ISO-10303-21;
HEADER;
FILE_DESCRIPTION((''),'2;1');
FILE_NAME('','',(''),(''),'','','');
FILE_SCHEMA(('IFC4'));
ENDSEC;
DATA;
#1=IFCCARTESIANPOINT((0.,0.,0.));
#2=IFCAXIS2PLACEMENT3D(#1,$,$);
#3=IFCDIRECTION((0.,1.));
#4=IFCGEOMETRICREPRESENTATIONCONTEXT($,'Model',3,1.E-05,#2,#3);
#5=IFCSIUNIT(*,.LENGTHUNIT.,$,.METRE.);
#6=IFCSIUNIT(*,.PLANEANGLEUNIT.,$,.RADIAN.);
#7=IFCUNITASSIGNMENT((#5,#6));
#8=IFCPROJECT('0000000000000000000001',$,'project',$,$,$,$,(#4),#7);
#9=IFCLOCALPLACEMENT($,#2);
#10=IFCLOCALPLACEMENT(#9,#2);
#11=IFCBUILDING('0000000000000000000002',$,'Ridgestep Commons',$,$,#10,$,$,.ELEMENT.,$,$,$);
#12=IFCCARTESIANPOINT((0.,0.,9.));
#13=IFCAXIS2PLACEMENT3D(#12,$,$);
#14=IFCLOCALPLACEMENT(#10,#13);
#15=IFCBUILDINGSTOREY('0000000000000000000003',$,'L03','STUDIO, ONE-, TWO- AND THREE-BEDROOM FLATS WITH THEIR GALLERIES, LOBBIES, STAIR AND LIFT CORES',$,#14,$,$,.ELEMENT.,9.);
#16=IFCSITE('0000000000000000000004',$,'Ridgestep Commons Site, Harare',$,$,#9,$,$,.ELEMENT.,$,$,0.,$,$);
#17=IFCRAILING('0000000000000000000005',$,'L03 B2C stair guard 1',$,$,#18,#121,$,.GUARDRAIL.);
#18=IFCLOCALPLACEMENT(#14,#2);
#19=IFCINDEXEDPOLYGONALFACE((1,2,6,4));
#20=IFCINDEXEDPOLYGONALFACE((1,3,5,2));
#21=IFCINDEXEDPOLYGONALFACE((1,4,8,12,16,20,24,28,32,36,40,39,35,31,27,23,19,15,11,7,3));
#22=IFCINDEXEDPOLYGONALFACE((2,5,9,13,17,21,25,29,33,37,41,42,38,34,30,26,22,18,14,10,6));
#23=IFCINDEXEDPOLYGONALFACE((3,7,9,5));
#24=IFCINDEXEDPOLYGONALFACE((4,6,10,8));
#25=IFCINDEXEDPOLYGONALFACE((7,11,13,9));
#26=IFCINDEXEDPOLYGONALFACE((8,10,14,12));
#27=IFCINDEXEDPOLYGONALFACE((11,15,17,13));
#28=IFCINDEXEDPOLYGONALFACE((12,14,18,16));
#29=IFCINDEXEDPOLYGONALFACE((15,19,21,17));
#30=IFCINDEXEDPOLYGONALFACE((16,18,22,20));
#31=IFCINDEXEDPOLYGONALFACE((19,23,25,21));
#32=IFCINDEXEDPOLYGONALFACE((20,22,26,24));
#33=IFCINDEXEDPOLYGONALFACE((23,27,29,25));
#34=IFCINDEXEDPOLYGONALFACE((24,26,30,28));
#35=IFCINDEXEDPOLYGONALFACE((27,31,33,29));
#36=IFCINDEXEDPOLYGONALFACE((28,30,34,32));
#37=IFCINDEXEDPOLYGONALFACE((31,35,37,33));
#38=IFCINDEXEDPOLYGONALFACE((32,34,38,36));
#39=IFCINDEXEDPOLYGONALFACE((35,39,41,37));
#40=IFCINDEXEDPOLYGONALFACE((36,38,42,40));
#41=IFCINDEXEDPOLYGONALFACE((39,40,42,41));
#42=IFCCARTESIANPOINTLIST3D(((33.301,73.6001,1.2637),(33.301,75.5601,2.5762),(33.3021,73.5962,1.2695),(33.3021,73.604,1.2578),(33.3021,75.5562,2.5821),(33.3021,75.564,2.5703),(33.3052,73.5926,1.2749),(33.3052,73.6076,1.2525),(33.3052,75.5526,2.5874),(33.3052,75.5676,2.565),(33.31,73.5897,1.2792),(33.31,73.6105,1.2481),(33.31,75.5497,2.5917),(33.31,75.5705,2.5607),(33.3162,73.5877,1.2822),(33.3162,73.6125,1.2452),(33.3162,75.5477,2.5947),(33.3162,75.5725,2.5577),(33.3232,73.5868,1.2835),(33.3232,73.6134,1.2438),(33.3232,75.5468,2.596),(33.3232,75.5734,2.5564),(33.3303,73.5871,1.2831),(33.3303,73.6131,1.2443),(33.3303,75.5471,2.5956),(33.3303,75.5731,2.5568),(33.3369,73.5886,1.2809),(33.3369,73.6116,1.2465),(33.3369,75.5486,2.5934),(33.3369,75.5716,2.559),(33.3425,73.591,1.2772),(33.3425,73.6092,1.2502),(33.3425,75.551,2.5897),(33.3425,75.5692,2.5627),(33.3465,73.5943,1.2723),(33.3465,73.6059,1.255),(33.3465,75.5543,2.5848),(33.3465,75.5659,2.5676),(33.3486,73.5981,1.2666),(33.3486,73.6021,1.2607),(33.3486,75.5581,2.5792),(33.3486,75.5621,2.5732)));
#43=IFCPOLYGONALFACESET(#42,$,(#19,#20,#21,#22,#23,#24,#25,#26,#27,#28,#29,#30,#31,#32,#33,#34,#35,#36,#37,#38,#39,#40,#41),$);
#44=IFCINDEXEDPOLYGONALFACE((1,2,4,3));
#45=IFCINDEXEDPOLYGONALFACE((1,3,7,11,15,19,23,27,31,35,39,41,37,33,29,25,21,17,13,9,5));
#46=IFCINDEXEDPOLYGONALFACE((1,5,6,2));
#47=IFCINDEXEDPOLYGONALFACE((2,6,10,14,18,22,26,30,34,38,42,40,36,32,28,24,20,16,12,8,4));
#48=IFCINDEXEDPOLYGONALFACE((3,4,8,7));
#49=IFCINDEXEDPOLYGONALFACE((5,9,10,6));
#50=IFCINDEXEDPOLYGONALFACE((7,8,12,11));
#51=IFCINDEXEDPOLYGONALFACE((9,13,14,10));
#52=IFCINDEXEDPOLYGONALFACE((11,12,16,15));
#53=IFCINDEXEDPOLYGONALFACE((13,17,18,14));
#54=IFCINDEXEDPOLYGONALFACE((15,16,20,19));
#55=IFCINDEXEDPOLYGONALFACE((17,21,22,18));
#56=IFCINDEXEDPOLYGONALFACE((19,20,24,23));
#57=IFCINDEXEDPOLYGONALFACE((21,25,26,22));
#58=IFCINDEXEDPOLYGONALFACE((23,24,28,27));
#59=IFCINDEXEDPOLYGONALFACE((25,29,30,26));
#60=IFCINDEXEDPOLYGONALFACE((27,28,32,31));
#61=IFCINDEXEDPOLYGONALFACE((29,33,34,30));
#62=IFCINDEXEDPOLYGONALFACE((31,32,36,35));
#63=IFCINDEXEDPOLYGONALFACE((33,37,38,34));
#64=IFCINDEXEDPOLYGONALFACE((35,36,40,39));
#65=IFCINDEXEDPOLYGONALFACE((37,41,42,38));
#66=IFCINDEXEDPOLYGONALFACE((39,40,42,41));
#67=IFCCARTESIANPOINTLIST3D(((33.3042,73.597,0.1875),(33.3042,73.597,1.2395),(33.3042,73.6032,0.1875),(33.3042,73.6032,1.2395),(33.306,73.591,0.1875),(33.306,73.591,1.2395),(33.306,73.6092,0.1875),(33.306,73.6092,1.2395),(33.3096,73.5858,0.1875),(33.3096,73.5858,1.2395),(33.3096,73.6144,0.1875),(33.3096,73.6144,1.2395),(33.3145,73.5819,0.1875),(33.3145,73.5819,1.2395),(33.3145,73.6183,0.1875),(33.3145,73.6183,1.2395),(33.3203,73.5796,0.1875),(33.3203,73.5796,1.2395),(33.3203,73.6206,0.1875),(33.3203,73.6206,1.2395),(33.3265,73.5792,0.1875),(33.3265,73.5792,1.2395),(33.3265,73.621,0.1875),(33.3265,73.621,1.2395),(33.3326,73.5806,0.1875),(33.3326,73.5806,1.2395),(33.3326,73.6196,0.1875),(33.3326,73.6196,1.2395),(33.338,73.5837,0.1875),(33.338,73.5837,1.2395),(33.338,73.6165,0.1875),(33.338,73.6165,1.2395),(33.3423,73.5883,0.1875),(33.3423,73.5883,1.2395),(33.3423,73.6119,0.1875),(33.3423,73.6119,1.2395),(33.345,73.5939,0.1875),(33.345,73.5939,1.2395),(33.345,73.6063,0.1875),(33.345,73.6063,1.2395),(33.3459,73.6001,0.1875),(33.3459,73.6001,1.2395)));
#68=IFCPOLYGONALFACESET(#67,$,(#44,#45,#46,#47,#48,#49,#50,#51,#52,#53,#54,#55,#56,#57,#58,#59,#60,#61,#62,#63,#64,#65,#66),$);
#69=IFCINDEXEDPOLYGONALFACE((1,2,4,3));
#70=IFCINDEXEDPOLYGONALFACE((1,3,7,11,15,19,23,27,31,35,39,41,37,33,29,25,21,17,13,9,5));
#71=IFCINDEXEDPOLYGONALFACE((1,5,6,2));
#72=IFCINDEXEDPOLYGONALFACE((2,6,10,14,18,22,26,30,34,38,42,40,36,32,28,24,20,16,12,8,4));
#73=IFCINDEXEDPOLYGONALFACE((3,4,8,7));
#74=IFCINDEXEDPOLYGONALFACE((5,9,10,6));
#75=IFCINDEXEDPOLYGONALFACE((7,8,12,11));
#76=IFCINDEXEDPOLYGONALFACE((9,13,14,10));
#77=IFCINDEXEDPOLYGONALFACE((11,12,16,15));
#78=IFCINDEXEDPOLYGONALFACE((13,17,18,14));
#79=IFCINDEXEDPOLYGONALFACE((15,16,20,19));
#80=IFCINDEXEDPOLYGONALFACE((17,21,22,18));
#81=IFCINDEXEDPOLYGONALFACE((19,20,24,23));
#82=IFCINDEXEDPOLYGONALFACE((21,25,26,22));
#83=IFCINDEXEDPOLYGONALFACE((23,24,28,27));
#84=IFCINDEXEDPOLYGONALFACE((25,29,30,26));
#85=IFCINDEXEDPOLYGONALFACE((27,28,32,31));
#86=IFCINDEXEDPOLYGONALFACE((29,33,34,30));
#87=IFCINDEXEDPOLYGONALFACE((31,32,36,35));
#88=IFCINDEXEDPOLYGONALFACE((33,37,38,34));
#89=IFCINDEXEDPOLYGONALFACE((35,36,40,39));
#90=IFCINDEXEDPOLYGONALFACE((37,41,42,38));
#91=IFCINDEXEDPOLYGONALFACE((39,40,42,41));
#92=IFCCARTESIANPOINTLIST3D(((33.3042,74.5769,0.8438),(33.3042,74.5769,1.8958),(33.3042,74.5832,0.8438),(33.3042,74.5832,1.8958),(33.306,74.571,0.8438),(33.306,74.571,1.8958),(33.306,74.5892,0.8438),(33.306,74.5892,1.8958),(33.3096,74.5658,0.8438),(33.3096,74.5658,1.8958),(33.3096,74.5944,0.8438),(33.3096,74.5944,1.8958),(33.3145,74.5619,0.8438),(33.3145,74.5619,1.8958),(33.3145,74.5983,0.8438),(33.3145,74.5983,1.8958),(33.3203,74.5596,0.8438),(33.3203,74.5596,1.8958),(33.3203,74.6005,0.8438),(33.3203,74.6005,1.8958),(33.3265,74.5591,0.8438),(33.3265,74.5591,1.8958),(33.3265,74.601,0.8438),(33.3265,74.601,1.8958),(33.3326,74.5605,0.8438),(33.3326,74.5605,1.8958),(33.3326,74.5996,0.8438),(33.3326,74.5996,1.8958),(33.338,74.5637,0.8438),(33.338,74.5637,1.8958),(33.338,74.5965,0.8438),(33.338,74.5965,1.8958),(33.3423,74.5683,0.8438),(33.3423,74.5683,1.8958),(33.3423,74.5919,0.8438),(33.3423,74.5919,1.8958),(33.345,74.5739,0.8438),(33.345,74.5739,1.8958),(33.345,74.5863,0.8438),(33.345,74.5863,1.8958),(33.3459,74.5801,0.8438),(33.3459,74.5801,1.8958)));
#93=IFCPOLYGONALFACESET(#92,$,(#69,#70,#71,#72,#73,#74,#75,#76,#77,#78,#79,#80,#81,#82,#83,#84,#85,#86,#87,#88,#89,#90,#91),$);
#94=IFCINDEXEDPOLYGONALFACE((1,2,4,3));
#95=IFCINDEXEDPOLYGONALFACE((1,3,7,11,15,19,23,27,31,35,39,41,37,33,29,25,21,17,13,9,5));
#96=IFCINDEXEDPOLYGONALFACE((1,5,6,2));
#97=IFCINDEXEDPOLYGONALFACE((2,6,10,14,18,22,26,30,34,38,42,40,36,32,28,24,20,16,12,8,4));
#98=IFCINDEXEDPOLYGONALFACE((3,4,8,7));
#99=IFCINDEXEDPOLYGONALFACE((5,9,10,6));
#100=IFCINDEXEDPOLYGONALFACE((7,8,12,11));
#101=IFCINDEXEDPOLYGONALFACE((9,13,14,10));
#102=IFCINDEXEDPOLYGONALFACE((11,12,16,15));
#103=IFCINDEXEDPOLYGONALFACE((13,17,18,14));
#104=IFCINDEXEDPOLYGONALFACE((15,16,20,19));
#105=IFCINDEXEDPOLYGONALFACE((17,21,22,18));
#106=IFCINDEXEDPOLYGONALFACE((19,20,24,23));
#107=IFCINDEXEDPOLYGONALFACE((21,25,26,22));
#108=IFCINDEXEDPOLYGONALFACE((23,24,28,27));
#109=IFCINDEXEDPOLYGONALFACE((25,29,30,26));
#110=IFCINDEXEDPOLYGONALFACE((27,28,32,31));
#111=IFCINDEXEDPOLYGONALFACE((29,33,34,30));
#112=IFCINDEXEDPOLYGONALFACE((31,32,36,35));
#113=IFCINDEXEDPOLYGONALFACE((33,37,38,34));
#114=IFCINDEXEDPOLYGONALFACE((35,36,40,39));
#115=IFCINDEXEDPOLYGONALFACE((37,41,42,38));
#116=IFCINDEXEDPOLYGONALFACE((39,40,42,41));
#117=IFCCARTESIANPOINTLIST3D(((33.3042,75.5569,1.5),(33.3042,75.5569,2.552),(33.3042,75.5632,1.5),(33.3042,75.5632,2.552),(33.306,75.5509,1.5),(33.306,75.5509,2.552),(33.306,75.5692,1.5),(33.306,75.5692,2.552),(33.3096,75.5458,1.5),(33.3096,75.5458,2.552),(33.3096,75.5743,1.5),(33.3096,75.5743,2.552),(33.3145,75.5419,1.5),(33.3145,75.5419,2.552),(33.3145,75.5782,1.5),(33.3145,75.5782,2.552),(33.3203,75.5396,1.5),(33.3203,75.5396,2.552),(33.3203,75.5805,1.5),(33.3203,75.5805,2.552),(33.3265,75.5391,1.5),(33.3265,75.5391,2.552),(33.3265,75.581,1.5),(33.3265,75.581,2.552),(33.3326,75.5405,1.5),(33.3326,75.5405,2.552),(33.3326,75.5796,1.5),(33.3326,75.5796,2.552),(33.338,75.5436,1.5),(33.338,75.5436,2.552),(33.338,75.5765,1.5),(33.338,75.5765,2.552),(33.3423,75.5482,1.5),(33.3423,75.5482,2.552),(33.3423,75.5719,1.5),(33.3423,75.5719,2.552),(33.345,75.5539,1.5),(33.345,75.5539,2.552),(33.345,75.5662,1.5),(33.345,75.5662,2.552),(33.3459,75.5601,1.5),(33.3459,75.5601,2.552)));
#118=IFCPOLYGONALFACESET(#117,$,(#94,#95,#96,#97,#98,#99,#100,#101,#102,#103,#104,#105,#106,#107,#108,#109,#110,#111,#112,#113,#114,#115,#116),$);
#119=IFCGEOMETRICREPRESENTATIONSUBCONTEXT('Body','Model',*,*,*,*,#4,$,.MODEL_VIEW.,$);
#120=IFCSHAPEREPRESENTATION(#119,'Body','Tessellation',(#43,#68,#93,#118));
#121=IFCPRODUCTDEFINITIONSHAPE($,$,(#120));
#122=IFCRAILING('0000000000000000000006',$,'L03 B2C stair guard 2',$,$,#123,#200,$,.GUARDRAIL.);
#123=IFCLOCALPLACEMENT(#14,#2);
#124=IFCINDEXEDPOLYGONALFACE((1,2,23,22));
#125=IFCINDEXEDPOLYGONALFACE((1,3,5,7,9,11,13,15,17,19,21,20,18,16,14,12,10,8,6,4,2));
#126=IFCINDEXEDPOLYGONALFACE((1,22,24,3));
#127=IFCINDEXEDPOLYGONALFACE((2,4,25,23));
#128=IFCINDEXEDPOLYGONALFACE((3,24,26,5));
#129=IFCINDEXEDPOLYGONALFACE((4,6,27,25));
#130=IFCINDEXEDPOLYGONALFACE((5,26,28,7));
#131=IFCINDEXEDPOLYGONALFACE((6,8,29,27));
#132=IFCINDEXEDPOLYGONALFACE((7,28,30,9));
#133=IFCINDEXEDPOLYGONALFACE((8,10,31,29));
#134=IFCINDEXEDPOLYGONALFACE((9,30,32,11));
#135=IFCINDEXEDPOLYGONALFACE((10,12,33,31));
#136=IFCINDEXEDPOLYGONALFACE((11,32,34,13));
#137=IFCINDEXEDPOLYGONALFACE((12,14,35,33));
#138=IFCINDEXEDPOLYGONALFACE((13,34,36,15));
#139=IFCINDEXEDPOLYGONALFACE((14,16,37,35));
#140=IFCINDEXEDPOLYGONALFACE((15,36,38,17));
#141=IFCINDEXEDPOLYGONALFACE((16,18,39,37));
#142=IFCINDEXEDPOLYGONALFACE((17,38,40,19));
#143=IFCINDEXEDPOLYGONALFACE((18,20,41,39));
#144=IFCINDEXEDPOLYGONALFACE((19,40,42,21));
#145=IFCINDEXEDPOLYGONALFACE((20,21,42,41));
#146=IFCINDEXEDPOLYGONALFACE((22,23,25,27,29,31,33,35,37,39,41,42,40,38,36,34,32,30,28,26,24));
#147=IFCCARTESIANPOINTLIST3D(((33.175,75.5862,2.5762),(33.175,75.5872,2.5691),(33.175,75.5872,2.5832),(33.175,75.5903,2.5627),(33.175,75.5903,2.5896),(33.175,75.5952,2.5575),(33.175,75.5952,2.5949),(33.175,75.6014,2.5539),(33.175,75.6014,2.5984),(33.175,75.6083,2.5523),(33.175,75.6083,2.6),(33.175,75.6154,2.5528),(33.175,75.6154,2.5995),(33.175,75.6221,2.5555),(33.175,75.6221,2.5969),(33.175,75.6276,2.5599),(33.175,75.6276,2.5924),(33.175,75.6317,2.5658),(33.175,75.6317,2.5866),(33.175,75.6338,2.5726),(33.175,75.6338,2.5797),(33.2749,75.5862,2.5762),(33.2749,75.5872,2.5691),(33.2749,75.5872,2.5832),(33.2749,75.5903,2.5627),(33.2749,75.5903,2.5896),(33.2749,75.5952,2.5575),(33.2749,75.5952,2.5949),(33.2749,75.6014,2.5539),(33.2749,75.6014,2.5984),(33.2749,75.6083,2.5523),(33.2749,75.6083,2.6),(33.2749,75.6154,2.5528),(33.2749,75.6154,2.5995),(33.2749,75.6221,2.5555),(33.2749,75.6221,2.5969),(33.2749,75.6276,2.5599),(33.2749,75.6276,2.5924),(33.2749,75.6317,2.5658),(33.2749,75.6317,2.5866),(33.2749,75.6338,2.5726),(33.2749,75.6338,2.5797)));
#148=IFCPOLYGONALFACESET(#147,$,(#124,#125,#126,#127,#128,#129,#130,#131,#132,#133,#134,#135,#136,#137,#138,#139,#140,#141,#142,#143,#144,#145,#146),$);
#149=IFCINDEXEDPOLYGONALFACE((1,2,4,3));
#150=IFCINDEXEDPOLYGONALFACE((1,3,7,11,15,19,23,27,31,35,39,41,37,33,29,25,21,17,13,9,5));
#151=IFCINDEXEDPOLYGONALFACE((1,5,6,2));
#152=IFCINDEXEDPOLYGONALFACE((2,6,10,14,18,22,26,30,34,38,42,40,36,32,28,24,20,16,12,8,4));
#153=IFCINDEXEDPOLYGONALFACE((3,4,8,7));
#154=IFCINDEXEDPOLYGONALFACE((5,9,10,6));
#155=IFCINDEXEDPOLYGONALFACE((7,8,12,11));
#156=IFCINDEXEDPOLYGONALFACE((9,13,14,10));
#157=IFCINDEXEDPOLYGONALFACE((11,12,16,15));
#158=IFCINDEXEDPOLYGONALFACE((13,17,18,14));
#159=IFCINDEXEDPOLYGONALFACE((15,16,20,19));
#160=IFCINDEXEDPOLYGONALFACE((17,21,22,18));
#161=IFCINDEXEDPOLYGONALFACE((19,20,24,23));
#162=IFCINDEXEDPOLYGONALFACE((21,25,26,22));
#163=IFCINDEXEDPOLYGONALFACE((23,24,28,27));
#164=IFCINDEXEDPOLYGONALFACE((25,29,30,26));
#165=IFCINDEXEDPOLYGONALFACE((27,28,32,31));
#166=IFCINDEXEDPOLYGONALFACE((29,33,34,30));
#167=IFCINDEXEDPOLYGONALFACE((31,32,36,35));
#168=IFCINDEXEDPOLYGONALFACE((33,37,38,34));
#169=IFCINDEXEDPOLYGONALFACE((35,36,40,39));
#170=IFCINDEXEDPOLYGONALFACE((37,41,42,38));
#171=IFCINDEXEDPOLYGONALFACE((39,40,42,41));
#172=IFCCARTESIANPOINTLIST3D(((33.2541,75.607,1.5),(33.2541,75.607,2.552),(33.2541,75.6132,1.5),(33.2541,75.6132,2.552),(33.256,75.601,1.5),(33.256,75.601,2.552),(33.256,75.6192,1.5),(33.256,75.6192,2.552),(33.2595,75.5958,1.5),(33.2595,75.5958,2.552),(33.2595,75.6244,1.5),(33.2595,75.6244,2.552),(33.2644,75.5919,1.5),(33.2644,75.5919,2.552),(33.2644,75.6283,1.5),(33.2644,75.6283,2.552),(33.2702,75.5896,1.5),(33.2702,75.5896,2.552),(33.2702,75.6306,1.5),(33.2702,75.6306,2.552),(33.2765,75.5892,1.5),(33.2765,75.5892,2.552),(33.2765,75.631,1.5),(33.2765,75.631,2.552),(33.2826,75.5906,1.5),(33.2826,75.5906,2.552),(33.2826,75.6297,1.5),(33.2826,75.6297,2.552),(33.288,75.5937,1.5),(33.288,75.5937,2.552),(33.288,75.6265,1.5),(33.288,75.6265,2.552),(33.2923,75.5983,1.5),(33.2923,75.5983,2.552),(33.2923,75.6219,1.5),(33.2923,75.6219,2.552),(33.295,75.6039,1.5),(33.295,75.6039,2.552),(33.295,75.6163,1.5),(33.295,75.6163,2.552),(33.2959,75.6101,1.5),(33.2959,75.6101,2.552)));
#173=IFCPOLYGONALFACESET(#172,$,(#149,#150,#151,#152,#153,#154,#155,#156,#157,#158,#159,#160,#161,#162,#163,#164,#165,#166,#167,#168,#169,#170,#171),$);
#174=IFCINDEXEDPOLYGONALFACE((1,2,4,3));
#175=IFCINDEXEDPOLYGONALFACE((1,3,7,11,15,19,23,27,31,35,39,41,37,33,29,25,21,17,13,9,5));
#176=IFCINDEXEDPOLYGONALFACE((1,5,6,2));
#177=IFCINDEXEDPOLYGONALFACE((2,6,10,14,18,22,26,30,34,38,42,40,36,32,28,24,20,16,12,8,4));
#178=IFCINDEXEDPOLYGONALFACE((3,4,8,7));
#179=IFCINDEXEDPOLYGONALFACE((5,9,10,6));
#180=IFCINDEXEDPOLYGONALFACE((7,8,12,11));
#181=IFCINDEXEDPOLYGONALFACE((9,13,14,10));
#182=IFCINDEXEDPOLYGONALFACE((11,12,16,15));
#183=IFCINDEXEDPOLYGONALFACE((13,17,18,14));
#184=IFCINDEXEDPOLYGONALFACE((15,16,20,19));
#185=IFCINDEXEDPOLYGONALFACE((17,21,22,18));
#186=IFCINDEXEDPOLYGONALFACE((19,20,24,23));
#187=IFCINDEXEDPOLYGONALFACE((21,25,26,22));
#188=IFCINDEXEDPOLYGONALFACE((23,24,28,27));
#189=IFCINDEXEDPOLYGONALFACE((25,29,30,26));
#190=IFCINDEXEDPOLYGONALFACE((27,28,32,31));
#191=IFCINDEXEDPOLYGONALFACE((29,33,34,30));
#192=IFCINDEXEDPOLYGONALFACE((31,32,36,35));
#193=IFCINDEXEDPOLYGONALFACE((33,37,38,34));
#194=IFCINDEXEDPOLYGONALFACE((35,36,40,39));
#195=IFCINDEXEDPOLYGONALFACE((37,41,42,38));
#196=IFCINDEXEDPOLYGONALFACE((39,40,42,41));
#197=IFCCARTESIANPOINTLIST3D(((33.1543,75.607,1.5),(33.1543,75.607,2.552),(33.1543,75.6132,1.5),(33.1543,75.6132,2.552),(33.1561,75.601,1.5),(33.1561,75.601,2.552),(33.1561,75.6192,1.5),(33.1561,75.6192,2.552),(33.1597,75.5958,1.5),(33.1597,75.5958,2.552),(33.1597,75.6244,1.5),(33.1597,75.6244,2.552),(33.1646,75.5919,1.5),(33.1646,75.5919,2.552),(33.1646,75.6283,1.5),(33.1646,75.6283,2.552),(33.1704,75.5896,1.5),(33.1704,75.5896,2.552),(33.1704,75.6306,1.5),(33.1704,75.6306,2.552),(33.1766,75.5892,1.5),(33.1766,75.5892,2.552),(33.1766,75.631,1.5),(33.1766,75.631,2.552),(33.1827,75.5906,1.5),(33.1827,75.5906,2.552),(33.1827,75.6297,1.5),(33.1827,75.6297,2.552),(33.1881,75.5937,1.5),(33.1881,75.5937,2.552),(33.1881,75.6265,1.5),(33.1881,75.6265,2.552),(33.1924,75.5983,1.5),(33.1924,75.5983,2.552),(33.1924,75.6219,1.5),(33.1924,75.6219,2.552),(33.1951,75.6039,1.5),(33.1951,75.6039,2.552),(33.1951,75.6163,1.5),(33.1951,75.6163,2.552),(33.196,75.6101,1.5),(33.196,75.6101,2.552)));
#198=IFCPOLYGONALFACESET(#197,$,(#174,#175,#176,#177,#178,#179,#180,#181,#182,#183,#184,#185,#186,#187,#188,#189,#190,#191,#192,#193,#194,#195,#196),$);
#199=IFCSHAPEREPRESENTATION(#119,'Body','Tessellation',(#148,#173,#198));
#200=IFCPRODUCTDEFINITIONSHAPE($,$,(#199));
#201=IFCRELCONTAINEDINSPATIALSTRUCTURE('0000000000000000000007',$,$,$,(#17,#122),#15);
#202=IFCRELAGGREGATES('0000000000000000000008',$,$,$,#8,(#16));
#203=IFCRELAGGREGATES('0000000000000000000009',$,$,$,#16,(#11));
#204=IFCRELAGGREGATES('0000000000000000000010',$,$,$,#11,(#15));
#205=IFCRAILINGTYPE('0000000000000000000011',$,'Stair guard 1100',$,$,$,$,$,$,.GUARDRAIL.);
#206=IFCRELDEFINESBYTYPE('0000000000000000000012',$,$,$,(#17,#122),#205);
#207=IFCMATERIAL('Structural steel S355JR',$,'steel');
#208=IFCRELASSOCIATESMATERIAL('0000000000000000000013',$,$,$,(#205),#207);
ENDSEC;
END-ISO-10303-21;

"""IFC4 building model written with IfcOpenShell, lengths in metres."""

from ifc_helpers import new_model, si_unit, direction, frame, origin, origin_2d, place, context, subcontext, project, spatial, circle, extrude, material, type_object, element, save


model = new_model("IFC4")

# Units and contexts
model_context = context("Model", 3, precision=1e-05, world=origin(), true_north=direction((0.0, 1.0)))
body_context = subcontext(model_context, "Body", "Model", "MODEL_VIEW")
ifc_project = project(units=[si_unit("LENGTHUNIT", "METRE"), si_unit("PLANEANGLEUNIT", "RADIAN")], contexts=[model_context])

# Site, building, storey
site_placement = place(None, origin())
site = spatial("IfcSite", under=ifc_project, at=site_placement, Name="Ridgestep Commons Site, Harare", CompositionType="ELEMENT", RefElevation=0.0)
building_placement = place(site_placement, origin())
building = spatial("IfcBuilding", under=site, at=building_placement, Name="Ridgestep Commons", CompositionType="ELEMENT")
storey_placement = place(building_placement, frame((0.0, 0.0, 9.0)))
storey = spatial("IfcBuildingStorey", under=building, at=storey_placement, Name="L03", Description="STUDIO, ONE-, TWO- AND THREE-BEDROOM FLATS WITH THEIR GALLERIES, LOBBIES, STAIR AND LIFT CORES", CompositionType="ELEMENT", Elevation=9.0)

# Railings
ifc_material_1 = material(Name="Structural steel S355JR", Category="steel")
railing_type_1 = type_object("IfcRailingType", Name="Stair guard 1100", PredefinedType="GUARDRAIL", material=ifc_material_1)
railing_1_placement = place(storey_placement, frame((33.325, 73.6001, 0.1875)))
element("IfcRailing", 1, at=railing_1_placement, inside=storey, type_object=railing_type_1, Name="L03 B2C stair guard 1", PredefinedType="GUARDRAIL", context=body_context, shape_type="SweptSolid", body=[
    extrude(circle(Radius=0.0239, at=origin_2d()), frame((0.0, 0.0, 1.0762), z_axis=(0.0, 0.830902, 0.556419), x_axis=(-1.0, 0.0, 0.0)), (0.0, 0.0, 1.0), 2.3589),
    extrude(circle(Radius=0.021, at=origin_2d()), origin(), (0.0, 0.0, 1.0), 1.052),
    extrude(circle(Radius=0.021, at=origin_2d()), frame((0.0, 0.98, 0.6562)), (0.0, 0.0, 1.0), 1.052),
    extrude(circle(Radius=0.021, at=origin_2d()), frame((0.0, 1.96, 1.3125)), (0.0, 0.0, 1.0), 1.052),
])
railing_2_placement = place(storey_placement, frame((33.2749, 75.6101, 1.5)))
element("IfcRailing", 2, at=railing_2_placement, inside=storey, type_object=railing_type_1, Name="L03 B2C stair guard 2", PredefinedType="GUARDRAIL", context=body_context, shape_type="SweptSolid", body=[
    extrude(circle(Radius=0.0239, at=origin_2d()), frame((0.0, 0.0, 1.0762), z_axis=(-1.0, 0.0, 0.0), x_axis=(0.0, -1.0, 0.0)), (0.0, 0.0, 1.0), 0.0999),
    extrude(circle(Radius=0.021, at=origin_2d()), origin(), (0.0, 0.0, 1.0), 1.052),
    extrude(circle(Radius=0.021, at=origin_2d()), frame((-0.0999, 0.0, 0.0)), (0.0, 0.0, 1.0), 1.052),
])

save(model, "model.ifc")
